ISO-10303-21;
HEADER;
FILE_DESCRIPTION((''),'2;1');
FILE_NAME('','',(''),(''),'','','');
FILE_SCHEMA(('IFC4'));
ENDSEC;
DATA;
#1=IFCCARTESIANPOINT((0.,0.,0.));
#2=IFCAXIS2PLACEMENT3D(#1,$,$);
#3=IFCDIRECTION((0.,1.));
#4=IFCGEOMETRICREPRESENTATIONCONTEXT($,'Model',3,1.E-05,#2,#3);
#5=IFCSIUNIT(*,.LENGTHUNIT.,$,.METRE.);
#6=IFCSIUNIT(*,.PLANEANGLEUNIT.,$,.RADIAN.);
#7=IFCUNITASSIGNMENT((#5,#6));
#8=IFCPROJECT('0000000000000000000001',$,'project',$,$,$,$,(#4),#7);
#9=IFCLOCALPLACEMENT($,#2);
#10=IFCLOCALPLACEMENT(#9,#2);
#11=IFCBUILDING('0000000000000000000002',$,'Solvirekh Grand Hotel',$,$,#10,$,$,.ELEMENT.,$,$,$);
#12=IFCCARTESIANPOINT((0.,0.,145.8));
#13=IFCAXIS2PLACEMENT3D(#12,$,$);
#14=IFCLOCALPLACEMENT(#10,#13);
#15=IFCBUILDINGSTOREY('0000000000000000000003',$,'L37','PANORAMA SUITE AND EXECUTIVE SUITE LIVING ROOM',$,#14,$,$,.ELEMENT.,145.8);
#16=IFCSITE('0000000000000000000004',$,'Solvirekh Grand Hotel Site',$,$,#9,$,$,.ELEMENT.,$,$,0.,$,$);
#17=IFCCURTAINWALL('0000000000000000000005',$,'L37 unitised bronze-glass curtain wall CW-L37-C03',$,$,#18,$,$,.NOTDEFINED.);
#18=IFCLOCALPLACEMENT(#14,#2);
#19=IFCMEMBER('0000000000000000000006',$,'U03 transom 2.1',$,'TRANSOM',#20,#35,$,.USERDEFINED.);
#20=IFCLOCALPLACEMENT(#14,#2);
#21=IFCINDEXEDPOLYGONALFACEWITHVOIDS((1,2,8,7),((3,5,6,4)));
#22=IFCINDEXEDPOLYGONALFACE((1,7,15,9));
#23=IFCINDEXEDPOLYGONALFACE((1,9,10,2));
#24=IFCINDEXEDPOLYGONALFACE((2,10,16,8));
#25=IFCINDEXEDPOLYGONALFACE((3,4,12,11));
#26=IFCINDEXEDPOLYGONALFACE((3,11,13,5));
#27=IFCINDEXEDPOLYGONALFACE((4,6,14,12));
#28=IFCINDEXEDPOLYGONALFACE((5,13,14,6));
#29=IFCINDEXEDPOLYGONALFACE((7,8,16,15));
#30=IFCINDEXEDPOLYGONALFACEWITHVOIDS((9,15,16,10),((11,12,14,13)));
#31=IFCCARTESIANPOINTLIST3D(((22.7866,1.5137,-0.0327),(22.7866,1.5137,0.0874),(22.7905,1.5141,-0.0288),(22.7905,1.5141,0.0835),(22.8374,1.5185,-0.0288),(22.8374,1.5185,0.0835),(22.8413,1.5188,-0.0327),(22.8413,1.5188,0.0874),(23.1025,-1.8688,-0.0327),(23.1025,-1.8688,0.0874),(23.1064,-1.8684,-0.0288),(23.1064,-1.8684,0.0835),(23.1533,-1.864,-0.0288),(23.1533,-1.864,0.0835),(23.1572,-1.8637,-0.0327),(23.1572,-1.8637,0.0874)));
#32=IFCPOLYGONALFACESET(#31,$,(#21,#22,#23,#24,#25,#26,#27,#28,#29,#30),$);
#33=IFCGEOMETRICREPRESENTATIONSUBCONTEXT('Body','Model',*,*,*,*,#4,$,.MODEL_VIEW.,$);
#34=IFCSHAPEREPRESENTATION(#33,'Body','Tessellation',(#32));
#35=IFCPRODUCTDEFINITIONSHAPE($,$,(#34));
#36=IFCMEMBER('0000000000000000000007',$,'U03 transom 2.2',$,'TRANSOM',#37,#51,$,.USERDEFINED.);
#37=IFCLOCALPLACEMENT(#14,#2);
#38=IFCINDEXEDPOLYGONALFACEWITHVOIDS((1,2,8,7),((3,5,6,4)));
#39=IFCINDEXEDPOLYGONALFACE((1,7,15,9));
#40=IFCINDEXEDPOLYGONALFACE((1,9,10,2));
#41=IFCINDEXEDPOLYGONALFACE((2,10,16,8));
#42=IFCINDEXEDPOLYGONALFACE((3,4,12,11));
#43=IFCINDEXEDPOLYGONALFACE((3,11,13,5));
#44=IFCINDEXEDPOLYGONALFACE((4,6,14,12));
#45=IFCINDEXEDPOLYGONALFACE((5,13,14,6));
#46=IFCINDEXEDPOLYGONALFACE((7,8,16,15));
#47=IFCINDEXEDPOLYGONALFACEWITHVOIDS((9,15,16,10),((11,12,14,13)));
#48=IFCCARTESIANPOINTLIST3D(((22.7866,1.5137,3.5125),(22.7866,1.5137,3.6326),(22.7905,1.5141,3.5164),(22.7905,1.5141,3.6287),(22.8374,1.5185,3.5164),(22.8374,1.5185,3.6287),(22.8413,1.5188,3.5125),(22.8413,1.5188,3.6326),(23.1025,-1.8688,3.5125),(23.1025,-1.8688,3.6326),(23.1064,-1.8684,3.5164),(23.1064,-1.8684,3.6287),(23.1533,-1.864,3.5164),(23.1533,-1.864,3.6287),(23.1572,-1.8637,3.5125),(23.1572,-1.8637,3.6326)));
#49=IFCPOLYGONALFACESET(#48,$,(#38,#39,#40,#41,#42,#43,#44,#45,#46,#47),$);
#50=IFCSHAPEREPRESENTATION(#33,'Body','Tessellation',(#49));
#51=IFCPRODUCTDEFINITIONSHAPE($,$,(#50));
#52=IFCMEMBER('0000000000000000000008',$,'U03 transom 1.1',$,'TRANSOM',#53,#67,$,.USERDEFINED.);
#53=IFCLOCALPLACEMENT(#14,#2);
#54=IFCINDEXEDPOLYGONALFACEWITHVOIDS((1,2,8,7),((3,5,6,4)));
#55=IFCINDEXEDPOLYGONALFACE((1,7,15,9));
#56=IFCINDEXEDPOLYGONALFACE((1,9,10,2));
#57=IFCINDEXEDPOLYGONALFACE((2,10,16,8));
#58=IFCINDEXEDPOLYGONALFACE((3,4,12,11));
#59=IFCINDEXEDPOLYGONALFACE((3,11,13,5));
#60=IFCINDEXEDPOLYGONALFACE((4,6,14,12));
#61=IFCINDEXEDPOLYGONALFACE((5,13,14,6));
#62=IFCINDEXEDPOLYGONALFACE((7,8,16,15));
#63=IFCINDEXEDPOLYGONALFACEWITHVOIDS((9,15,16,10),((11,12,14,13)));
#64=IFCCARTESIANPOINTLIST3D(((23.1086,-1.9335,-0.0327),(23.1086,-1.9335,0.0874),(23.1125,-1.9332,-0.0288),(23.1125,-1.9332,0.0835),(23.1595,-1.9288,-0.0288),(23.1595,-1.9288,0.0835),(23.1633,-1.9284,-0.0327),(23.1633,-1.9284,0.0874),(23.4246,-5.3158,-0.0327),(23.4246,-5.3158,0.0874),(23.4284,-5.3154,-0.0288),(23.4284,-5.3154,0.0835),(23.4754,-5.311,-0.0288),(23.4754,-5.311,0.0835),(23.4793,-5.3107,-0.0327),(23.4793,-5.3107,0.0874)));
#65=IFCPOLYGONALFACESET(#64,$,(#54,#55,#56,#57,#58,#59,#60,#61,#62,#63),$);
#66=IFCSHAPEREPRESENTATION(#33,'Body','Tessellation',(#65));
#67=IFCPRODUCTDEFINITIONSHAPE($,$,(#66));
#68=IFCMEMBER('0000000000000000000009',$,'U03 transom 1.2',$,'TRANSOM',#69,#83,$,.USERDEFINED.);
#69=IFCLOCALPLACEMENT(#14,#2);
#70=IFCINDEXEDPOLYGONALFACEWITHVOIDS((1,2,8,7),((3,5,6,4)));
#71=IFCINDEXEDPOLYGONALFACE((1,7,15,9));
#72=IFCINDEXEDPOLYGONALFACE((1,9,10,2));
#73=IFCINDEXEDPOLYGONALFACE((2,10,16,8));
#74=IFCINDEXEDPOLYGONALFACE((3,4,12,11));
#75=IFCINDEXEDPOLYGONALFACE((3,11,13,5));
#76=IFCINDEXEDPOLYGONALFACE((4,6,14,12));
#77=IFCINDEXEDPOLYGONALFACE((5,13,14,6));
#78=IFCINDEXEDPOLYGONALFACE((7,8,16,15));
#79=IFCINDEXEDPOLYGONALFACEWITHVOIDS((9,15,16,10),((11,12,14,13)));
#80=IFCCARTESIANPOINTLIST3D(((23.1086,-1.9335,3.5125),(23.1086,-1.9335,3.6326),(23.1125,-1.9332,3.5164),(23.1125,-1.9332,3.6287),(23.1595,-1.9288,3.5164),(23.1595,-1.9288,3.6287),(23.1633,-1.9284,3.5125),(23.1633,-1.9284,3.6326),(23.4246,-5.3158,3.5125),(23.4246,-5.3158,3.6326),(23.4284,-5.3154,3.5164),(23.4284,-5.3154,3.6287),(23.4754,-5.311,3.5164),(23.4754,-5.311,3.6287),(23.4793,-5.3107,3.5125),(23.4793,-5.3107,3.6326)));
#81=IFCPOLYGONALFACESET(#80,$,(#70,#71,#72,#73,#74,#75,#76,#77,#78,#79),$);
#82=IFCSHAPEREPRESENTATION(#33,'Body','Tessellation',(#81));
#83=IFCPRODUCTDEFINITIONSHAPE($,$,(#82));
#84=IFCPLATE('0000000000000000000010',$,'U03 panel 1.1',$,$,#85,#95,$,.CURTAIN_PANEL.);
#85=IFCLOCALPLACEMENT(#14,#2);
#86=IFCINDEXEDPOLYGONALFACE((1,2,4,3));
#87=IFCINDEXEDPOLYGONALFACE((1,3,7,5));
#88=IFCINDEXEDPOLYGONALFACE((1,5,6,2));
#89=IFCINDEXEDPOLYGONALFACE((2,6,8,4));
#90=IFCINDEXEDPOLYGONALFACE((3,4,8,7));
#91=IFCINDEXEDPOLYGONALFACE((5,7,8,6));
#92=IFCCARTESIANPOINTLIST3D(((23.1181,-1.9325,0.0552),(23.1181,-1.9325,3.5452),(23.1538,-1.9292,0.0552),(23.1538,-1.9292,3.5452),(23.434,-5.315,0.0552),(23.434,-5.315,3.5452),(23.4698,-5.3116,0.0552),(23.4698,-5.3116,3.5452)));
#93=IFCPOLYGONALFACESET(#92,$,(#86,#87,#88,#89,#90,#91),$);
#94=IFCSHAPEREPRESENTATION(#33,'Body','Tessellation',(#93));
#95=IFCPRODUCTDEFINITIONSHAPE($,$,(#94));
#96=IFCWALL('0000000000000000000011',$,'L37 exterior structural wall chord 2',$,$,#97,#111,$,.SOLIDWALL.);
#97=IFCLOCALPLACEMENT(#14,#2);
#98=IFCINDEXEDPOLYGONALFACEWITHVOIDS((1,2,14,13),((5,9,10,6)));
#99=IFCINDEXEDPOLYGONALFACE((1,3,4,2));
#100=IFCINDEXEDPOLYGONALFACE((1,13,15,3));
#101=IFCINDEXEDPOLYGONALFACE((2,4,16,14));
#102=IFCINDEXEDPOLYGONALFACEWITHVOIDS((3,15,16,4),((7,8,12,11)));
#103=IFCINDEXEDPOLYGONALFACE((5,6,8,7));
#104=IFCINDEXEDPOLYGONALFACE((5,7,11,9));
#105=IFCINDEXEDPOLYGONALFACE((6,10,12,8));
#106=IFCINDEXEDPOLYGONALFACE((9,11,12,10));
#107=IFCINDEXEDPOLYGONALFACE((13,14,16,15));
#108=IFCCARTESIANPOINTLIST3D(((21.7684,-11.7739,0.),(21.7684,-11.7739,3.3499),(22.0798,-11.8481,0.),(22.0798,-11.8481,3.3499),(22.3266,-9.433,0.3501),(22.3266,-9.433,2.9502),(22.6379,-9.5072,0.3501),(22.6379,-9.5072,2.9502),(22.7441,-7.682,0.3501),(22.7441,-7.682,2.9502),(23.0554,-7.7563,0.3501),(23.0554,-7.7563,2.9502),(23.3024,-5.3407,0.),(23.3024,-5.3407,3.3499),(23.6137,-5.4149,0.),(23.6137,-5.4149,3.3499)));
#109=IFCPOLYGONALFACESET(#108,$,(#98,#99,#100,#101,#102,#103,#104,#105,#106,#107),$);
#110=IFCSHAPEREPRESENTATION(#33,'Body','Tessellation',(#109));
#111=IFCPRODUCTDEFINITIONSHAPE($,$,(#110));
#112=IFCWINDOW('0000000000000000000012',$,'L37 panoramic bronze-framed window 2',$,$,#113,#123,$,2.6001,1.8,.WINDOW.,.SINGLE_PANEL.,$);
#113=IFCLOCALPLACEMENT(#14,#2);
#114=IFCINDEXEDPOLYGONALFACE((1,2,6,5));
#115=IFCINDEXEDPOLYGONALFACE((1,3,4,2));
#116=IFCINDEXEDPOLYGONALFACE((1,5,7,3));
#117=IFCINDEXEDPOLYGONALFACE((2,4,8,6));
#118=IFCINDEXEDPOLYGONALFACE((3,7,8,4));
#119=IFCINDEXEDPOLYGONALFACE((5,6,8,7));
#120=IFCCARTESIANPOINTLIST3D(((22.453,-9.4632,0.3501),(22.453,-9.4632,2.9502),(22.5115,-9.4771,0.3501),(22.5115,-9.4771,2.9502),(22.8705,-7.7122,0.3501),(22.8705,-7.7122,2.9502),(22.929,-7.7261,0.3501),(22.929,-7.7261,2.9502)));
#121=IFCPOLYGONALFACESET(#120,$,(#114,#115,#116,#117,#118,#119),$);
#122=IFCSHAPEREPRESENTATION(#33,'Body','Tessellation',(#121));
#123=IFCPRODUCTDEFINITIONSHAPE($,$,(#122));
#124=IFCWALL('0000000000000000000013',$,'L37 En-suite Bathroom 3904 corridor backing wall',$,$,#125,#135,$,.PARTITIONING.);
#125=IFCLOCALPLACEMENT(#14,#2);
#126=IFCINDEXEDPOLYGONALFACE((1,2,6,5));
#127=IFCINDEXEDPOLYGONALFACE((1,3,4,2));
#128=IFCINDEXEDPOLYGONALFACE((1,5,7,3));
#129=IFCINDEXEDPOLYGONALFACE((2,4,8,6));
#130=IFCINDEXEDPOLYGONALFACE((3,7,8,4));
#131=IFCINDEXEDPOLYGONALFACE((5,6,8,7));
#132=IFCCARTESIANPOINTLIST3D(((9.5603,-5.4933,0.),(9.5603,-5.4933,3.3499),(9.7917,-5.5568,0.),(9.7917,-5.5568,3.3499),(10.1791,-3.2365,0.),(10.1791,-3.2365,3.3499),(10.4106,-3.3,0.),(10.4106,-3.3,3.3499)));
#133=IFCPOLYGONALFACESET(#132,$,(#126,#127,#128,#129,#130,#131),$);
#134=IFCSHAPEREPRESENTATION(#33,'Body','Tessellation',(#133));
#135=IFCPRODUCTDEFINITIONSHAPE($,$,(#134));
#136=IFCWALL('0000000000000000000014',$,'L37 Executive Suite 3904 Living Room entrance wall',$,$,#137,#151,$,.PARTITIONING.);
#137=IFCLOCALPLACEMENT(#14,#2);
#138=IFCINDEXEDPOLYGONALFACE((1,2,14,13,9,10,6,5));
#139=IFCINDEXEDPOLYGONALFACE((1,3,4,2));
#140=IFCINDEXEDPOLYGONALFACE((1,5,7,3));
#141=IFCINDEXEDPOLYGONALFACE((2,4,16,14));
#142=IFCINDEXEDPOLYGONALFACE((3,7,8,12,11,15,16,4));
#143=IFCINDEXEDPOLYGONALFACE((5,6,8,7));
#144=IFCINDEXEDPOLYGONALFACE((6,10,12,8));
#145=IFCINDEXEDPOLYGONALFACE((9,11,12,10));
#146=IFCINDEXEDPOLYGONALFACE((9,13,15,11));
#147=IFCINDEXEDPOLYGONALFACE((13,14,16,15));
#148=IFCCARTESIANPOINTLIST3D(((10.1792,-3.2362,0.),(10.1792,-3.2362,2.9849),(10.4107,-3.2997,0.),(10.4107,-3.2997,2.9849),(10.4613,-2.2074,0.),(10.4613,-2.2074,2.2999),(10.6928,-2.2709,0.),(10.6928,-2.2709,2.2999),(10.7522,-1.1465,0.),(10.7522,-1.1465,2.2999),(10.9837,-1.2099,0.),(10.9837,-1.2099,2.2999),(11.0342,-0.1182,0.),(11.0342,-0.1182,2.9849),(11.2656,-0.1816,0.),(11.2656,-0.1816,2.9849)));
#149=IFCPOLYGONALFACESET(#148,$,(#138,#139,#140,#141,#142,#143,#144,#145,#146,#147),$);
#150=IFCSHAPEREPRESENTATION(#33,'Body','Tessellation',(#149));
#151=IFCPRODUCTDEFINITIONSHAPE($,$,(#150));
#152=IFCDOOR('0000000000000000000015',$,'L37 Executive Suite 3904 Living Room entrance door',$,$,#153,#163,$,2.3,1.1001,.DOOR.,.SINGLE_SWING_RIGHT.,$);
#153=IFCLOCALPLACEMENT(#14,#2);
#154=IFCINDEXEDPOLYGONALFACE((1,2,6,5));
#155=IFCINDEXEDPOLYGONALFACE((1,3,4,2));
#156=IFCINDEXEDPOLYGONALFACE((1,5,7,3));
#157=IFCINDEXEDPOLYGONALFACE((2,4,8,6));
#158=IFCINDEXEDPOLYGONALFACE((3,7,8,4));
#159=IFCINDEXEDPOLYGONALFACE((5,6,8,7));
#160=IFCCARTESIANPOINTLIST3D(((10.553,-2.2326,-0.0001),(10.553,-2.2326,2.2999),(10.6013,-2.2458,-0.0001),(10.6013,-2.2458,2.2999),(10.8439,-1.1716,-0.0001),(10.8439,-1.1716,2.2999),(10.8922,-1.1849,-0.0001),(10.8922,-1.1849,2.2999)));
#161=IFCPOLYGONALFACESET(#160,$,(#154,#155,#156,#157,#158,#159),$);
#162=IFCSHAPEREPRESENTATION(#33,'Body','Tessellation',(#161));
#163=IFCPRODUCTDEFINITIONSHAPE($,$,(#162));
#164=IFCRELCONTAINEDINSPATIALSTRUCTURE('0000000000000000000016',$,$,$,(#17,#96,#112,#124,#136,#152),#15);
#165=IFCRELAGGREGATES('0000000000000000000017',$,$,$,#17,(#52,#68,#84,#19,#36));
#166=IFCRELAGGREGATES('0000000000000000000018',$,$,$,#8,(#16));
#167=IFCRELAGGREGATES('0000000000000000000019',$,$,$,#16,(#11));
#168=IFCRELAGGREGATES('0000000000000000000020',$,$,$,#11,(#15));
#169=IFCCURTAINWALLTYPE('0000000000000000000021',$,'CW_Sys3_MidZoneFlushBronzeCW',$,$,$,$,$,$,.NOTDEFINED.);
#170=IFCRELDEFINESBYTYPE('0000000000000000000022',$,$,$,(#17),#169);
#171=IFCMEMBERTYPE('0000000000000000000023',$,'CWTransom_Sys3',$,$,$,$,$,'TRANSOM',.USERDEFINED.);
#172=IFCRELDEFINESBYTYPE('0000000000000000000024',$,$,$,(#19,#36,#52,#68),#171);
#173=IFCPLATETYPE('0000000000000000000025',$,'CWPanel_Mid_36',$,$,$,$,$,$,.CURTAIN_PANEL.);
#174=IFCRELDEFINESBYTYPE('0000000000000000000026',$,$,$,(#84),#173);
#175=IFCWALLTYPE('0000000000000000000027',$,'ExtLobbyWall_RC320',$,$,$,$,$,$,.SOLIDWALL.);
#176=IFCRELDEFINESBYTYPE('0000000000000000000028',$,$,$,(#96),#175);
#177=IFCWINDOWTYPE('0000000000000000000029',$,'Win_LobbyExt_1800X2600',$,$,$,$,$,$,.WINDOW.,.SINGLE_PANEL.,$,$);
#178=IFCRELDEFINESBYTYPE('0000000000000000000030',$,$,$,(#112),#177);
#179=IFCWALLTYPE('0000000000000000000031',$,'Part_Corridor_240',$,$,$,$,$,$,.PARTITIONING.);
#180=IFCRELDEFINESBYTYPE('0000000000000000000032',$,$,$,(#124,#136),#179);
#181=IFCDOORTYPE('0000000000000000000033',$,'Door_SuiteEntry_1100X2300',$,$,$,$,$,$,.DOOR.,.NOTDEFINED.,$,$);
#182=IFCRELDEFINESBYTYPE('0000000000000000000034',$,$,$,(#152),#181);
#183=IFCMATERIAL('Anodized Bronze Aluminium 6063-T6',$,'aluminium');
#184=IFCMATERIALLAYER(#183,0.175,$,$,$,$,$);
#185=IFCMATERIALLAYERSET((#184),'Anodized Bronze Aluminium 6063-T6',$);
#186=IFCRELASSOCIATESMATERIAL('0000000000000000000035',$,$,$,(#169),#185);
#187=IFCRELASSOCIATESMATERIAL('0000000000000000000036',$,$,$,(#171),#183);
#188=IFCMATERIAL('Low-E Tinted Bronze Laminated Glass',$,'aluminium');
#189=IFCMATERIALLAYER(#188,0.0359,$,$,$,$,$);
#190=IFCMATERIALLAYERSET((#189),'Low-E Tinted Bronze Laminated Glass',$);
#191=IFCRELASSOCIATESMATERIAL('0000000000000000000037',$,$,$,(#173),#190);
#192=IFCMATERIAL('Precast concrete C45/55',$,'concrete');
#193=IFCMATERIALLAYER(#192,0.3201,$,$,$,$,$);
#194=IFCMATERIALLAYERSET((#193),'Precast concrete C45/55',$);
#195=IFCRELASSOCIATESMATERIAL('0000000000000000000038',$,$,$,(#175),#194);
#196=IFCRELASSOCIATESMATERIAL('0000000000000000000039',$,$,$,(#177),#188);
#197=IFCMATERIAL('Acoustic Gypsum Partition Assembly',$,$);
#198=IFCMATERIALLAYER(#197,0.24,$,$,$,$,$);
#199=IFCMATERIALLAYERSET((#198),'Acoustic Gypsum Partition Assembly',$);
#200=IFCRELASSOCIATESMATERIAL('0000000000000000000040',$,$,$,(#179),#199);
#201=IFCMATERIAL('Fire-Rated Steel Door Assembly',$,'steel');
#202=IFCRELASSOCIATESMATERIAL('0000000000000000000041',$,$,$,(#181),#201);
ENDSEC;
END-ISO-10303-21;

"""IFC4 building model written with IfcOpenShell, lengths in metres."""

from ifc_helpers import new_model, si_unit, direction, frame, frame_2d, origin, origin_2d, place, context, subcontext, project, spatial, rectangle, hollow_rectangle, extrude, source, transform, mapped, material, layer, layer_set, material_profile, profile_set, type_object, element, fill, aggregate, save


model = new_model("IFC4")

# Units and contexts
model_context = context("Model", 3, precision=1e-05, world=origin(), true_north=direction((0.0, 1.0)))
body_context = subcontext(model_context, "Body", "Model", "MODEL_VIEW")
ifc_project = project(units=[si_unit("LENGTHUNIT", "METRE"), si_unit("PLANEANGLEUNIT", "RADIAN")], contexts=[model_context])

# Site, building, storey
site_placement = place(None, origin())
site = spatial("IfcSite", under=ifc_project, at=site_placement, Name="Solvirekh Grand Hotel Site", CompositionType="ELEMENT", RefElevation=0.0)
building_placement = place(site_placement, origin())
building = spatial("IfcBuilding", under=site, at=building_placement, Name="Solvirekh Grand Hotel", CompositionType="ELEMENT")
storey_placement = place(building_placement, frame((0.0, 0.0, 145.8)))
storey = spatial("IfcBuildingStorey", under=building, at=storey_placement, Name="L37", Description="PANORAMA SUITE AND EXECUTIVE SUITE LIVING ROOM", CompositionType="ELEMENT", Elevation=145.8)

# Curtain wall, members, plate
ifc_material_1 = material(Name="Anodized Bronze Aluminium 6063-T6", Category="aluminium")
ifc_layer_1 = layer(ifc_material_1, 0.175)
ifc_layer_set_1 = layer_set([ifc_layer_1], Name="Anodized Bronze Aluminium 6063-T6")
curtain_wall_type = type_object("IfcCurtainWallType", Name="CW_Sys3_MidZoneFlushBronzeCW", PredefinedType="NOTDEFINED", material=ifc_layer_set_1)
curtain_wall_placement = place(storey_placement, origin())
curtain_wall = element("IfcCurtainWall", 1, at=curtain_wall_placement, inside=storey, type_object=curtain_wall_type, Name="L37 unitised bronze-glass curtain wall CW-L37-C03", PredefinedType="NOTDEFINED")
ifc_material_profile_1 = material_profile(ifc_material_1, hollow_rectangle(XDim=0.0549, YDim=0.1201, WallThickness=0.0039, at=origin_2d()), Name="ALU RHS 120X55X4")
ifc_profile_set_1 = profile_set([ifc_material_profile_1], Name="Anodized Bronze Aluminium 6063-T6")
member_type_1 = type_object("IfcMemberType", Name="CWTransom_Sys3", ElementType="TRANSOM", PredefinedType="USERDEFINED", material=ifc_profile_set_1)
shared_shape_1 = source(origin(), body_context, "Body", "SweptSolid", [
    extrude(hollow_rectangle(XDim=0.0549, YDim=0.1201, WallThickness=0.0039, at=origin_2d()), origin(), (0.0, 0.0, 1.0), 3.3972),
])
member_1_placement = place(storey_placement, frame((23.1299, -1.8662, 0.0273), z_axis=(-0.092991, 0.995667, 0.0), x_axis=(-0.995667, -0.092991, 0.0)))
member_1 = element("IfcMember", 2, at=member_1_placement, type_object=member_type_1, Name="U03 transom 2.1", ObjectType="TRANSOM", PredefinedType="USERDEFINED", context=body_context, shape_type="MappedRepresentation", body=[
    mapped(shared_shape_1, transform((0.0, 0.0, 0.0), x_axis=(1.0, 0.0, 0.0), y_axis=(0.0, 1.0, 0.0), z_axis=(0.0, 0.0, 1.0), scale=1.0)),
])
member_2_placement = place(storey_placement, frame((23.1299, -1.8662, 3.5725), z_axis=(-0.092991, 0.995667, 0.0), x_axis=(-0.995667, -0.092991, 0.0)))
member_2 = element("IfcMember", 3, at=member_2_placement, type_object=member_type_1, Name="U03 transom 2.2", ObjectType="TRANSOM", PredefinedType="USERDEFINED", context=body_context, shape_type="MappedRepresentation", body=[
    mapped(shared_shape_1, transform((0.0, 0.0, 0.0), x_axis=(1.0, 0.0, 0.0), y_axis=(0.0, 1.0, 0.0), z_axis=(0.0, 0.0, 1.0), scale=1.0)),
])
shared_shape_2 = source(origin(), body_context, "Body", "SweptSolid", [
    extrude(hollow_rectangle(XDim=0.0549, YDim=0.1201, WallThickness=0.0039, at=origin_2d()), origin(), (0.0, 0.0, 1.0), 3.397),
])
member_3_placement = place(storey_placement, frame((23.4519, -5.3132, 0.0273), z_axis=(-0.092998, 0.995666, 0.0), x_axis=(-0.995666, -0.092998, 0.0)))
member_3 = element("IfcMember", 4, at=member_3_placement, type_object=member_type_1, Name="U03 transom 1.1", ObjectType="TRANSOM", PredefinedType="USERDEFINED", context=body_context, shape_type="MappedRepresentation", body=[
    mapped(shared_shape_2, transform((0.0, 0.0, 0.0), x_axis=(1.0, 0.0, 0.0), y_axis=(0.0, 1.0, 0.0), z_axis=(0.0, 0.0, 1.0), scale=1.0)),
])
member_4_placement = place(storey_placement, frame((23.4519, -5.3132, 3.5725), z_axis=(-0.092998, 0.995666, 0.0), x_axis=(-0.995666, -0.092998, 0.0)))
member_4 = element("IfcMember", 5, at=member_4_placement, type_object=member_type_1, Name="U03 transom 1.2", ObjectType="TRANSOM", PredefinedType="USERDEFINED", context=body_context, shape_type="MappedRepresentation", body=[
    mapped(shared_shape_2, transform((0.0, 0.0, 0.0), x_axis=(1.0, 0.0, 0.0), y_axis=(0.0, 1.0, 0.0), z_axis=(0.0, 0.0, 1.0), scale=1.0)),
])
ifc_material_2 = material(Name="Low-E Tinted Bronze Laminated Glass", Category="aluminium")
ifc_layer_2 = layer(ifc_material_2, 0.0359)
ifc_layer_set_2 = layer_set([ifc_layer_2], Name="Low-E Tinted Bronze Laminated Glass")
plate_type = type_object("IfcPlateType", Name="CWPanel_Mid_36", PredefinedType="CURTAIN_PANEL", material=ifc_layer_set_2)
shared_shape_3 = source(origin(), body_context, "Body", "SweptSolid", [
    extrude(rectangle(XDim=3.3972, YDim=0.0359, at=origin_2d()), origin(), (0.0, 0.0, 1.0), 3.49),
])
plate_placement = place(storey_placement, frame((23.2939, -3.6221, 0.0552), z_axis=(0.0, 0.0, 1.0), x_axis=(-0.092999, 0.995666, 0.0)))
plate = element("IfcPlate", 6, at=plate_placement, type_object=plate_type, Name="U03 panel 1.1", PredefinedType="CURTAIN_PANEL", context=body_context, shape_type="MappedRepresentation", body=[
    mapped(shared_shape_3, transform((0.0, 0.0, 0.0), x_axis=(1.0, 0.0, 0.0), y_axis=(0.0, 1.0, 0.0), z_axis=(0.0, 0.0, 1.0), scale=1.0)),
])
aggregate(curtain_wall, [member_3, member_4, plate, member_1, member_2])

# Wall, opening, window
ifc_material_3 = material(Name="Precast concrete C45/55", Category="concrete")
ifc_layer_3 = layer(ifc_material_3, 0.3201)
ifc_layer_set_3 = layer_set([ifc_layer_3], Name="Precast concrete C45/55")
wall_type_1 = type_object("IfcWallType", Name="ExtLobbyWall_RC320", PredefinedType="SOLIDWALL", material=ifc_layer_set_3)
wall_1_placement = place(storey_placement, frame((23.458, -5.3779, 0.0), z_axis=(0.0, 0.0, 1.0), x_axis=(-0.231942, -0.97273, 0.0)))
wall_1 = element("IfcWall", 7, at=wall_1_placement, inside=storey, type_object=wall_type_1, Name="L37 exterior structural wall chord 2", PredefinedType="SOLIDWALL", context=body_context, shape_type="SweptSolid", body=[
    extrude(rectangle(XDim=6.6135, YDim=0.3201, at=frame_2d((3.3066, 0.0))), origin(), (0.0, 0.0, 1.0), 3.3499),
])
opening_1_placement = place(wall_1_placement, frame((2.407, 0.0, 0.3501)))
opening_1 = element("IfcOpeningElement", 8, at=opening_1_placement, cuts=wall_1, PredefinedType="OPENING", context=body_context, shape_type="SweptSolid", body=[
    extrude(rectangle(XDim=1.8, YDim=2.6001, at=frame_2d((0.8999, 1.3))), frame((0.0, 0.1699, 0.0), z_axis=(0.0, -1.0, 0.0), x_axis=(1.0, 0.0, 0.0)), (0.0, 0.0, 1.0), 0.3401),
])
window_type = type_object("IfcWindowType", Name="Win_LobbyExt_1800X2600", PartitioningType="SINGLE_PANEL", PredefinedType="WINDOW", material=ifc_material_2)
window_placement = place(opening_1_placement, origin())
window = element("IfcWindow", 9, at=window_placement, inside=storey, type_object=window_type, Name="L37 panoramic bronze-framed window 2", OverallHeight=2.6001, OverallWidth=1.8, PartitioningType="SINGLE_PANEL", PredefinedType="WINDOW", context=body_context, shape_type="SweptSolid", body=[
    extrude(rectangle(XDim=1.8, YDim=2.6001, at=frame_2d((0.8999, 1.3))), frame((0.0, 0.03, 0.0), z_axis=(0.0, -1.0, 0.0), x_axis=(1.0, 0.0, 0.0)), (0.0, 0.0, 1.0), 0.0601),
])
fill(opening_1, window)

# Wall
ifc_material_4 = material(Name="Acoustic Gypsum Partition Assembly")
ifc_layer_4 = layer(ifc_material_4, 0.24)
ifc_layer_set_4 = layer_set([ifc_layer_4], Name="Acoustic Gypsum Partition Assembly")
wall_type_2 = type_object("IfcWallType", Name="Part_Corridor_240", PredefinedType="PARTITIONING", material=ifc_layer_set_4)
wall_2_placement = place(storey_placement, frame((9.676, -5.5249, 0.0), z_axis=(0.0, 0.0, 1.0), x_axis=(0.264468, 0.964395, 0.0)))
element("IfcWall", 10, at=wall_2_placement, inside=storey, type_object=wall_type_2, Name="L37 En-suite Bathroom 3904 corridor backing wall", PredefinedType="PARTITIONING", context=body_context, shape_type="SweptSolid", body=[
    extrude(rectangle(XDim=2.3401, YDim=0.24, at=frame_2d((1.1699, 0.0))), origin(), (0.0, 0.0, 1.0), 3.3499),
])

# Wall, opening, door
wall_3_placement = place(storey_placement, frame((10.2949, -3.2681, 0.0), z_axis=(0.0, 0.0, 1.0), x_axis=(0.264433, 0.964404, 0.0)))
wall_3 = element("IfcWall", 11, at=wall_3_placement, inside=storey, type_object=wall_type_2, Name="L37 Executive Suite 3904 Living Room entrance wall", PredefinedType="PARTITIONING", context=body_context, shape_type="SweptSolid", body=[
    extrude(rectangle(XDim=3.2332, YDim=0.24, at=frame_2d((1.6167, 0.0))), origin(), (0.0, 0.0, 1.0), 2.9849),
])
opening_2_placement = place(wall_3_placement, frame((1.0669, 0.0, 0.0)))
opening_2 = element("IfcOpeningElement", 12, at=opening_2_placement, cuts=wall_3, PredefinedType="OPENING", context=body_context, shape_type="SweptSolid", body=[
    extrude(rectangle(XDim=1.1001, YDim=2.3, at=frame_2d((0.55, 1.1499))), frame((0.0, 0.1299, 0.0), z_axis=(0.0, -1.0, 0.0), x_axis=(1.0, 0.0, 0.0)), (0.0, 0.0, 1.0), 0.26),
])
ifc_material_5 = material(Name="Fire-Rated Steel Door Assembly", Category="steel")
door_type_1 = type_object("IfcDoorType", Name="Door_SuiteEntry_1100X2300", OperationType="NOTDEFINED", PredefinedType="DOOR", material=ifc_material_5)
door_1_placement = place(opening_2_placement, origin())
door_1 = element("IfcDoor", 13, at=door_1_placement, inside=storey, type_object=door_type_1, Name="L37 Executive Suite 3904 Living Room entrance door", OperationType="SINGLE_SWING_RIGHT", OverallHeight=2.3, OverallWidth=1.1001, PredefinedType="DOOR", context=body_context, shape_type="SweptSolid", body=[
    extrude(rectangle(XDim=1.1001, YDim=2.3, at=frame_2d((0.55, 1.1499))), frame((0.0, 0.0249, 0.0), z_axis=(0.0, -1.0, 0.0), x_axis=(1.0, 0.0, 0.0)), (0.0, 0.0, 1.0), 0.05),
])
fill(opening_2, door_1)

save(model, "model.ifc")
